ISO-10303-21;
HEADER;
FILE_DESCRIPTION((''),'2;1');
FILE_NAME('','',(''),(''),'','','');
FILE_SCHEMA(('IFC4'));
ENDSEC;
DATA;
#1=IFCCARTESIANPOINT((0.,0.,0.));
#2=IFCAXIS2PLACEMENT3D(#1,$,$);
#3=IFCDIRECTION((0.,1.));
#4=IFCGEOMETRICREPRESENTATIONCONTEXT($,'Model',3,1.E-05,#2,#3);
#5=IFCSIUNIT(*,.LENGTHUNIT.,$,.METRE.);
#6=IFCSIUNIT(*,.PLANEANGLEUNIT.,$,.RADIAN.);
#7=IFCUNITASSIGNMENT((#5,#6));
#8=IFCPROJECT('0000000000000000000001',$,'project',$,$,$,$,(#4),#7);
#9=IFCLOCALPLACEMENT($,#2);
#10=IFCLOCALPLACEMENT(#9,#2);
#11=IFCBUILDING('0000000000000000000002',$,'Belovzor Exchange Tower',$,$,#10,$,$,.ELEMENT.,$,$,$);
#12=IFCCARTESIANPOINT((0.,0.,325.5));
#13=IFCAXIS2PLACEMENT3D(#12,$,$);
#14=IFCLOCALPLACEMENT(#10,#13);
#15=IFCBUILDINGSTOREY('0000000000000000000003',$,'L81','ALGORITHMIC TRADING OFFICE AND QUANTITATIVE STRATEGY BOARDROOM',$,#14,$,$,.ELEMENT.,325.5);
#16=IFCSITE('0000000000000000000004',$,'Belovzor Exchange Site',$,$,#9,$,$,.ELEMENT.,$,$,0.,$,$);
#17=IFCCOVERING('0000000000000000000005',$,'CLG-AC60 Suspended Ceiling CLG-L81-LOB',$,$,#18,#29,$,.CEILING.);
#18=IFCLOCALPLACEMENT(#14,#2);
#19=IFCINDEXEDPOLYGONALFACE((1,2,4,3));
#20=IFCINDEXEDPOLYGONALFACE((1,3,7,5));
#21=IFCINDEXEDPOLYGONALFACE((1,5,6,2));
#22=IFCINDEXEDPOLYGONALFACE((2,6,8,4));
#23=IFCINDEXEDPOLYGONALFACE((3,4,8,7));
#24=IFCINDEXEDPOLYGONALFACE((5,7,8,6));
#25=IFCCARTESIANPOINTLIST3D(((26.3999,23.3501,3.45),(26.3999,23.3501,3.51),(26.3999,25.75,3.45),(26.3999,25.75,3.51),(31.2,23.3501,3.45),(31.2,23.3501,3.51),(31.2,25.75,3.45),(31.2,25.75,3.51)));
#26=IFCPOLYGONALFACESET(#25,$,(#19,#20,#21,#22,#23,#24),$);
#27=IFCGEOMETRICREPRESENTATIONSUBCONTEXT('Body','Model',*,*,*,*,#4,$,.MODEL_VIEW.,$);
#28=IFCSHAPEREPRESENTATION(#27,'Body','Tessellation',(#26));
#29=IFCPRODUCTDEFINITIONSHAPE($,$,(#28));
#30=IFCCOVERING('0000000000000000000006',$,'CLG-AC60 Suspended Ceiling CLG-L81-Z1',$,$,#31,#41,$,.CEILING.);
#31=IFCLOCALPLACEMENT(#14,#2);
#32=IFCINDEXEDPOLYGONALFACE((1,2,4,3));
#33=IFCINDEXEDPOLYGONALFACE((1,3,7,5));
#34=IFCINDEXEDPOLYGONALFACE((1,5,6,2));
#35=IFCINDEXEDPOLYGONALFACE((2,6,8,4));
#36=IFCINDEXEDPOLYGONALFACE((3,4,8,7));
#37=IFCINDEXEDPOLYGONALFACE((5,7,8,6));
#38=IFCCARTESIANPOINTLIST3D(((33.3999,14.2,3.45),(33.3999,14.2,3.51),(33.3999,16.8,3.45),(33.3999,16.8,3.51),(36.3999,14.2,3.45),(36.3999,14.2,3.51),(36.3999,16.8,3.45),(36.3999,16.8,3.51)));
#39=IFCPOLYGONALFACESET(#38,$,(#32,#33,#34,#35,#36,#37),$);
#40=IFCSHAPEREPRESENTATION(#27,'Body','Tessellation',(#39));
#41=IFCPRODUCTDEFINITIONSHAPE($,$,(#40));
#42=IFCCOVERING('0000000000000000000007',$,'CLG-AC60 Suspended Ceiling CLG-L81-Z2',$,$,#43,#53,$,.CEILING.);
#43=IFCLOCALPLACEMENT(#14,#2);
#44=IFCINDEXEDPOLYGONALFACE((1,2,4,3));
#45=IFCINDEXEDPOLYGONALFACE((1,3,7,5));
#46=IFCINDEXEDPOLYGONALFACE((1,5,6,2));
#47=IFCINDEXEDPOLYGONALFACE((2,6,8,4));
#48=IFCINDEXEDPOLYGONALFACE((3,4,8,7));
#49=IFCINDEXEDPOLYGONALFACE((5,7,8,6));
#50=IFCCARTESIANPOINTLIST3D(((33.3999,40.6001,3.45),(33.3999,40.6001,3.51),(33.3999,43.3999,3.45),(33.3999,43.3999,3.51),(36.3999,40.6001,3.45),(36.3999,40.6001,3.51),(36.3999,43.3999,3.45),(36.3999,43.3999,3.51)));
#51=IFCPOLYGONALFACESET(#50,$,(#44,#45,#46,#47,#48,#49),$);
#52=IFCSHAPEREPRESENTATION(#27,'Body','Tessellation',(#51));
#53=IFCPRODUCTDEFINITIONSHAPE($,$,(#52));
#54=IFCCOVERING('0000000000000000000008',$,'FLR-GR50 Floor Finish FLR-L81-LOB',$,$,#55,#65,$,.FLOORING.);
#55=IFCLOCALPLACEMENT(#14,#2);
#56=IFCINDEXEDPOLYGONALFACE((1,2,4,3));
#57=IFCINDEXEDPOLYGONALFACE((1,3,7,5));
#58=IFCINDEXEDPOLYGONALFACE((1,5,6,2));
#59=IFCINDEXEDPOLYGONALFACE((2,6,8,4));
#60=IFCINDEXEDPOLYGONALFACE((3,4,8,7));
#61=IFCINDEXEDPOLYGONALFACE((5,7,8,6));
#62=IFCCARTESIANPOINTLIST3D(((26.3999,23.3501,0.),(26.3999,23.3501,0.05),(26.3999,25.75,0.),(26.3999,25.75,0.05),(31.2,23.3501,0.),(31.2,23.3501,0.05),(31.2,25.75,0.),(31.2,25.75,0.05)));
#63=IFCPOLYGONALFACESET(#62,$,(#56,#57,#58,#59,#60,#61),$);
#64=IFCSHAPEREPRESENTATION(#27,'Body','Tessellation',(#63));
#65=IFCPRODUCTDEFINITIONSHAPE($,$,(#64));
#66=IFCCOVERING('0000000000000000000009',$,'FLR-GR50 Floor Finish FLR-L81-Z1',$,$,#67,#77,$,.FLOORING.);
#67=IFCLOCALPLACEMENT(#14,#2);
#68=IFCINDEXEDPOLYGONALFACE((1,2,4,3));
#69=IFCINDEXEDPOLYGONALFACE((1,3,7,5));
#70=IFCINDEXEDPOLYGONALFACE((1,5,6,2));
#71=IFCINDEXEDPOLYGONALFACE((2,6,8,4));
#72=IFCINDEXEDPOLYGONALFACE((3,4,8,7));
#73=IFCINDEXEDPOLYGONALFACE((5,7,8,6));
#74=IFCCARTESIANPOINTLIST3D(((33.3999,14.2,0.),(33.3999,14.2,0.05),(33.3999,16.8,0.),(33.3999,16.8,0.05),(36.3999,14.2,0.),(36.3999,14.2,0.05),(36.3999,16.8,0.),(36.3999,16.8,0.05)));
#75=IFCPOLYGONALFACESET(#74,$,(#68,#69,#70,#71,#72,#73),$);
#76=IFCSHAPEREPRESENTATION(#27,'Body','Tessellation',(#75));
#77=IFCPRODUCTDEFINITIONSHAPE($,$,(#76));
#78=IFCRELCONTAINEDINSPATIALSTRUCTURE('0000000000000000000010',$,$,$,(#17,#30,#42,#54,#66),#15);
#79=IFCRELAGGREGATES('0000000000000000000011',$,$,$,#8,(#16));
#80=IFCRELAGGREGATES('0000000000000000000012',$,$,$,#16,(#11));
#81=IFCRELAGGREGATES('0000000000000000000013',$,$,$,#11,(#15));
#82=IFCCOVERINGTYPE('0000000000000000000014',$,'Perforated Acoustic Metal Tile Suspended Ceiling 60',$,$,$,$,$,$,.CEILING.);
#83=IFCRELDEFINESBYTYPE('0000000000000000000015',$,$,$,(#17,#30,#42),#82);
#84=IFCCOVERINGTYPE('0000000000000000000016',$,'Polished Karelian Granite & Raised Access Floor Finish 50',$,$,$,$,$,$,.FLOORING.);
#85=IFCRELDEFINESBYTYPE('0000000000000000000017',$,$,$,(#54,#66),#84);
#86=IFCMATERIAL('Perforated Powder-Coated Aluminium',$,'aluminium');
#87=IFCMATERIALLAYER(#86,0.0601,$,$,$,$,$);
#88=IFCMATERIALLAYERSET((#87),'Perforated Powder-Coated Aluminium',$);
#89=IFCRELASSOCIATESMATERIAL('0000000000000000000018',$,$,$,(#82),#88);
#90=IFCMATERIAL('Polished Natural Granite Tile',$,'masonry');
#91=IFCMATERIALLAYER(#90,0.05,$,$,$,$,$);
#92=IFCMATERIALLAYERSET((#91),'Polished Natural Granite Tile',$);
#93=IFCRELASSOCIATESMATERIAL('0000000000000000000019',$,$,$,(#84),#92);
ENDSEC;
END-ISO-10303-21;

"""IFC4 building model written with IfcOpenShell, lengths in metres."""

from ifc_helpers import new_model, si_unit, direction, frame, origin, place, context, subcontext, project, spatial, polyline, outline, extrude, material, layer, layer_set, type_object, element, save


model = new_model("IFC4")

# Units and contexts
model_context = context("Model", 3, precision=1e-05, world=origin(), true_north=direction((0.0, 1.0)))
body_context = subcontext(model_context, "Body", "Model", "MODEL_VIEW")
ifc_project = project(units=[si_unit("LENGTHUNIT", "METRE"), si_unit("PLANEANGLEUNIT", "RADIAN")], contexts=[model_context])

# Site, building, storey
site_placement = place(None, origin())
site = spatial("IfcSite", under=ifc_project, at=site_placement, Name="Belovzor Exchange Site", CompositionType="ELEMENT", RefElevation=0.0)
building_placement = place(site_placement, origin())
building = spatial("IfcBuilding", under=site, at=building_placement, Name="Belovzor Exchange Tower", CompositionType="ELEMENT")
storey_placement = place(building_placement, frame((0.0, 0.0, 325.5)))
storey = spatial("IfcBuildingStorey", under=building, at=storey_placement, Name="L81", Description="ALGORITHMIC TRADING OFFICE AND QUANTITATIVE STRATEGY BOARDROOM", CompositionType="ELEMENT", Elevation=325.5)

# Coverings
ifc_material_1 = material(Name="Perforated Powder-Coated Aluminium", Category="aluminium")
ifc_layer_1 = layer(ifc_material_1, 0.0601)
ifc_layer_set_1 = layer_set([ifc_layer_1], Name="Perforated Powder-Coated Aluminium")
covering_type_1 = type_object("IfcCoveringType", Name="Perforated Acoustic Metal Tile Suspended Ceiling 60", PredefinedType="CEILING", material=ifc_layer_set_1)
covering_1_placement = place(storey_placement, frame((0.0, 0.0, 3.45)))
element("IfcCovering", 1, at=covering_1_placement, inside=storey, type_object=covering_type_1, Name="CLG-AC60 Suspended Ceiling CLG-L81-LOB", PredefinedType="CEILING", context=body_context, shape_type="SweptSolid", body=[
    extrude(outline(polyline([(26.3999, 23.3501), (31.2, 23.3501), (31.2, 25.75), (26.3999, 25.75), (26.3999, 23.3501)])), origin(), (0.0, 0.0, 1.0), 0.0601),
])
covering_2_placement = place(storey_placement, frame((0.0, 0.0, 3.45)))
element("IfcCovering", 2, at=covering_2_placement, inside=storey, type_object=covering_type_1, Name="CLG-AC60 Suspended Ceiling CLG-L81-Z1", PredefinedType="CEILING", context=body_context, shape_type="SweptSolid", body=[
    extrude(outline(polyline([(33.3999, 14.2), (36.3999, 14.2), (36.3999, 16.8), (33.3999, 16.8), (33.3999, 14.2)])), origin(), (0.0, 0.0, 1.0), 0.0601),
])
covering_3_placement = place(storey_placement, frame((0.0, 0.0, 3.45)))
element("IfcCovering", 3, at=covering_3_placement, inside=storey, type_object=covering_type_1, Name="CLG-AC60 Suspended Ceiling CLG-L81-Z2", PredefinedType="CEILING", context=body_context, shape_type="SweptSolid", body=[
    extrude(outline(polyline([(33.3999, 40.6001), (36.3999, 40.6001), (36.3999, 43.3999), (33.3999, 43.3999), (33.3999, 40.6001)])), origin(), (0.0, 0.0, 1.0), 0.0601),
])
ifc_material_2 = material(Name="Polished Natural Granite Tile", Category="masonry")
ifc_layer_2 = layer(ifc_material_2, 0.05)
ifc_layer_set_2 = layer_set([ifc_layer_2], Name="Polished Natural Granite Tile")
covering_type_2 = type_object("IfcCoveringType", Name="Polished Karelian Granite & Raised Access Floor Finish 50", PredefinedType="FLOORING", material=ifc_layer_set_2)
covering_4_placement = place(storey_placement, origin())
element("IfcCovering", 4, at=covering_4_placement, inside=storey, type_object=covering_type_2, Name="FLR-GR50 Floor Finish FLR-L81-LOB", PredefinedType="FLOORING", context=body_context, shape_type="SweptSolid", body=[
    extrude(outline(polyline([(26.3999, 23.3501), (31.2, 23.3501), (31.2, 25.75), (26.3999, 25.75), (26.3999, 23.3501)])), origin(), (0.0, 0.0, 1.0), 0.05),
])
covering_5_placement = place(storey_placement, origin())
element("IfcCovering", 5, at=covering_5_placement, inside=storey, type_object=covering_type_2, Name="FLR-GR50 Floor Finish FLR-L81-Z1", PredefinedType="FLOORING", context=body_context, shape_type="SweptSolid", body=[
    extrude(outline(polyline([(33.3999, 14.2), (36.3999, 14.2), (36.3999, 16.8), (33.3999, 16.8), (33.3999, 14.2)])), origin(), (0.0, 0.0, 1.0), 0.05),
])

save(model, "model.ifc")
